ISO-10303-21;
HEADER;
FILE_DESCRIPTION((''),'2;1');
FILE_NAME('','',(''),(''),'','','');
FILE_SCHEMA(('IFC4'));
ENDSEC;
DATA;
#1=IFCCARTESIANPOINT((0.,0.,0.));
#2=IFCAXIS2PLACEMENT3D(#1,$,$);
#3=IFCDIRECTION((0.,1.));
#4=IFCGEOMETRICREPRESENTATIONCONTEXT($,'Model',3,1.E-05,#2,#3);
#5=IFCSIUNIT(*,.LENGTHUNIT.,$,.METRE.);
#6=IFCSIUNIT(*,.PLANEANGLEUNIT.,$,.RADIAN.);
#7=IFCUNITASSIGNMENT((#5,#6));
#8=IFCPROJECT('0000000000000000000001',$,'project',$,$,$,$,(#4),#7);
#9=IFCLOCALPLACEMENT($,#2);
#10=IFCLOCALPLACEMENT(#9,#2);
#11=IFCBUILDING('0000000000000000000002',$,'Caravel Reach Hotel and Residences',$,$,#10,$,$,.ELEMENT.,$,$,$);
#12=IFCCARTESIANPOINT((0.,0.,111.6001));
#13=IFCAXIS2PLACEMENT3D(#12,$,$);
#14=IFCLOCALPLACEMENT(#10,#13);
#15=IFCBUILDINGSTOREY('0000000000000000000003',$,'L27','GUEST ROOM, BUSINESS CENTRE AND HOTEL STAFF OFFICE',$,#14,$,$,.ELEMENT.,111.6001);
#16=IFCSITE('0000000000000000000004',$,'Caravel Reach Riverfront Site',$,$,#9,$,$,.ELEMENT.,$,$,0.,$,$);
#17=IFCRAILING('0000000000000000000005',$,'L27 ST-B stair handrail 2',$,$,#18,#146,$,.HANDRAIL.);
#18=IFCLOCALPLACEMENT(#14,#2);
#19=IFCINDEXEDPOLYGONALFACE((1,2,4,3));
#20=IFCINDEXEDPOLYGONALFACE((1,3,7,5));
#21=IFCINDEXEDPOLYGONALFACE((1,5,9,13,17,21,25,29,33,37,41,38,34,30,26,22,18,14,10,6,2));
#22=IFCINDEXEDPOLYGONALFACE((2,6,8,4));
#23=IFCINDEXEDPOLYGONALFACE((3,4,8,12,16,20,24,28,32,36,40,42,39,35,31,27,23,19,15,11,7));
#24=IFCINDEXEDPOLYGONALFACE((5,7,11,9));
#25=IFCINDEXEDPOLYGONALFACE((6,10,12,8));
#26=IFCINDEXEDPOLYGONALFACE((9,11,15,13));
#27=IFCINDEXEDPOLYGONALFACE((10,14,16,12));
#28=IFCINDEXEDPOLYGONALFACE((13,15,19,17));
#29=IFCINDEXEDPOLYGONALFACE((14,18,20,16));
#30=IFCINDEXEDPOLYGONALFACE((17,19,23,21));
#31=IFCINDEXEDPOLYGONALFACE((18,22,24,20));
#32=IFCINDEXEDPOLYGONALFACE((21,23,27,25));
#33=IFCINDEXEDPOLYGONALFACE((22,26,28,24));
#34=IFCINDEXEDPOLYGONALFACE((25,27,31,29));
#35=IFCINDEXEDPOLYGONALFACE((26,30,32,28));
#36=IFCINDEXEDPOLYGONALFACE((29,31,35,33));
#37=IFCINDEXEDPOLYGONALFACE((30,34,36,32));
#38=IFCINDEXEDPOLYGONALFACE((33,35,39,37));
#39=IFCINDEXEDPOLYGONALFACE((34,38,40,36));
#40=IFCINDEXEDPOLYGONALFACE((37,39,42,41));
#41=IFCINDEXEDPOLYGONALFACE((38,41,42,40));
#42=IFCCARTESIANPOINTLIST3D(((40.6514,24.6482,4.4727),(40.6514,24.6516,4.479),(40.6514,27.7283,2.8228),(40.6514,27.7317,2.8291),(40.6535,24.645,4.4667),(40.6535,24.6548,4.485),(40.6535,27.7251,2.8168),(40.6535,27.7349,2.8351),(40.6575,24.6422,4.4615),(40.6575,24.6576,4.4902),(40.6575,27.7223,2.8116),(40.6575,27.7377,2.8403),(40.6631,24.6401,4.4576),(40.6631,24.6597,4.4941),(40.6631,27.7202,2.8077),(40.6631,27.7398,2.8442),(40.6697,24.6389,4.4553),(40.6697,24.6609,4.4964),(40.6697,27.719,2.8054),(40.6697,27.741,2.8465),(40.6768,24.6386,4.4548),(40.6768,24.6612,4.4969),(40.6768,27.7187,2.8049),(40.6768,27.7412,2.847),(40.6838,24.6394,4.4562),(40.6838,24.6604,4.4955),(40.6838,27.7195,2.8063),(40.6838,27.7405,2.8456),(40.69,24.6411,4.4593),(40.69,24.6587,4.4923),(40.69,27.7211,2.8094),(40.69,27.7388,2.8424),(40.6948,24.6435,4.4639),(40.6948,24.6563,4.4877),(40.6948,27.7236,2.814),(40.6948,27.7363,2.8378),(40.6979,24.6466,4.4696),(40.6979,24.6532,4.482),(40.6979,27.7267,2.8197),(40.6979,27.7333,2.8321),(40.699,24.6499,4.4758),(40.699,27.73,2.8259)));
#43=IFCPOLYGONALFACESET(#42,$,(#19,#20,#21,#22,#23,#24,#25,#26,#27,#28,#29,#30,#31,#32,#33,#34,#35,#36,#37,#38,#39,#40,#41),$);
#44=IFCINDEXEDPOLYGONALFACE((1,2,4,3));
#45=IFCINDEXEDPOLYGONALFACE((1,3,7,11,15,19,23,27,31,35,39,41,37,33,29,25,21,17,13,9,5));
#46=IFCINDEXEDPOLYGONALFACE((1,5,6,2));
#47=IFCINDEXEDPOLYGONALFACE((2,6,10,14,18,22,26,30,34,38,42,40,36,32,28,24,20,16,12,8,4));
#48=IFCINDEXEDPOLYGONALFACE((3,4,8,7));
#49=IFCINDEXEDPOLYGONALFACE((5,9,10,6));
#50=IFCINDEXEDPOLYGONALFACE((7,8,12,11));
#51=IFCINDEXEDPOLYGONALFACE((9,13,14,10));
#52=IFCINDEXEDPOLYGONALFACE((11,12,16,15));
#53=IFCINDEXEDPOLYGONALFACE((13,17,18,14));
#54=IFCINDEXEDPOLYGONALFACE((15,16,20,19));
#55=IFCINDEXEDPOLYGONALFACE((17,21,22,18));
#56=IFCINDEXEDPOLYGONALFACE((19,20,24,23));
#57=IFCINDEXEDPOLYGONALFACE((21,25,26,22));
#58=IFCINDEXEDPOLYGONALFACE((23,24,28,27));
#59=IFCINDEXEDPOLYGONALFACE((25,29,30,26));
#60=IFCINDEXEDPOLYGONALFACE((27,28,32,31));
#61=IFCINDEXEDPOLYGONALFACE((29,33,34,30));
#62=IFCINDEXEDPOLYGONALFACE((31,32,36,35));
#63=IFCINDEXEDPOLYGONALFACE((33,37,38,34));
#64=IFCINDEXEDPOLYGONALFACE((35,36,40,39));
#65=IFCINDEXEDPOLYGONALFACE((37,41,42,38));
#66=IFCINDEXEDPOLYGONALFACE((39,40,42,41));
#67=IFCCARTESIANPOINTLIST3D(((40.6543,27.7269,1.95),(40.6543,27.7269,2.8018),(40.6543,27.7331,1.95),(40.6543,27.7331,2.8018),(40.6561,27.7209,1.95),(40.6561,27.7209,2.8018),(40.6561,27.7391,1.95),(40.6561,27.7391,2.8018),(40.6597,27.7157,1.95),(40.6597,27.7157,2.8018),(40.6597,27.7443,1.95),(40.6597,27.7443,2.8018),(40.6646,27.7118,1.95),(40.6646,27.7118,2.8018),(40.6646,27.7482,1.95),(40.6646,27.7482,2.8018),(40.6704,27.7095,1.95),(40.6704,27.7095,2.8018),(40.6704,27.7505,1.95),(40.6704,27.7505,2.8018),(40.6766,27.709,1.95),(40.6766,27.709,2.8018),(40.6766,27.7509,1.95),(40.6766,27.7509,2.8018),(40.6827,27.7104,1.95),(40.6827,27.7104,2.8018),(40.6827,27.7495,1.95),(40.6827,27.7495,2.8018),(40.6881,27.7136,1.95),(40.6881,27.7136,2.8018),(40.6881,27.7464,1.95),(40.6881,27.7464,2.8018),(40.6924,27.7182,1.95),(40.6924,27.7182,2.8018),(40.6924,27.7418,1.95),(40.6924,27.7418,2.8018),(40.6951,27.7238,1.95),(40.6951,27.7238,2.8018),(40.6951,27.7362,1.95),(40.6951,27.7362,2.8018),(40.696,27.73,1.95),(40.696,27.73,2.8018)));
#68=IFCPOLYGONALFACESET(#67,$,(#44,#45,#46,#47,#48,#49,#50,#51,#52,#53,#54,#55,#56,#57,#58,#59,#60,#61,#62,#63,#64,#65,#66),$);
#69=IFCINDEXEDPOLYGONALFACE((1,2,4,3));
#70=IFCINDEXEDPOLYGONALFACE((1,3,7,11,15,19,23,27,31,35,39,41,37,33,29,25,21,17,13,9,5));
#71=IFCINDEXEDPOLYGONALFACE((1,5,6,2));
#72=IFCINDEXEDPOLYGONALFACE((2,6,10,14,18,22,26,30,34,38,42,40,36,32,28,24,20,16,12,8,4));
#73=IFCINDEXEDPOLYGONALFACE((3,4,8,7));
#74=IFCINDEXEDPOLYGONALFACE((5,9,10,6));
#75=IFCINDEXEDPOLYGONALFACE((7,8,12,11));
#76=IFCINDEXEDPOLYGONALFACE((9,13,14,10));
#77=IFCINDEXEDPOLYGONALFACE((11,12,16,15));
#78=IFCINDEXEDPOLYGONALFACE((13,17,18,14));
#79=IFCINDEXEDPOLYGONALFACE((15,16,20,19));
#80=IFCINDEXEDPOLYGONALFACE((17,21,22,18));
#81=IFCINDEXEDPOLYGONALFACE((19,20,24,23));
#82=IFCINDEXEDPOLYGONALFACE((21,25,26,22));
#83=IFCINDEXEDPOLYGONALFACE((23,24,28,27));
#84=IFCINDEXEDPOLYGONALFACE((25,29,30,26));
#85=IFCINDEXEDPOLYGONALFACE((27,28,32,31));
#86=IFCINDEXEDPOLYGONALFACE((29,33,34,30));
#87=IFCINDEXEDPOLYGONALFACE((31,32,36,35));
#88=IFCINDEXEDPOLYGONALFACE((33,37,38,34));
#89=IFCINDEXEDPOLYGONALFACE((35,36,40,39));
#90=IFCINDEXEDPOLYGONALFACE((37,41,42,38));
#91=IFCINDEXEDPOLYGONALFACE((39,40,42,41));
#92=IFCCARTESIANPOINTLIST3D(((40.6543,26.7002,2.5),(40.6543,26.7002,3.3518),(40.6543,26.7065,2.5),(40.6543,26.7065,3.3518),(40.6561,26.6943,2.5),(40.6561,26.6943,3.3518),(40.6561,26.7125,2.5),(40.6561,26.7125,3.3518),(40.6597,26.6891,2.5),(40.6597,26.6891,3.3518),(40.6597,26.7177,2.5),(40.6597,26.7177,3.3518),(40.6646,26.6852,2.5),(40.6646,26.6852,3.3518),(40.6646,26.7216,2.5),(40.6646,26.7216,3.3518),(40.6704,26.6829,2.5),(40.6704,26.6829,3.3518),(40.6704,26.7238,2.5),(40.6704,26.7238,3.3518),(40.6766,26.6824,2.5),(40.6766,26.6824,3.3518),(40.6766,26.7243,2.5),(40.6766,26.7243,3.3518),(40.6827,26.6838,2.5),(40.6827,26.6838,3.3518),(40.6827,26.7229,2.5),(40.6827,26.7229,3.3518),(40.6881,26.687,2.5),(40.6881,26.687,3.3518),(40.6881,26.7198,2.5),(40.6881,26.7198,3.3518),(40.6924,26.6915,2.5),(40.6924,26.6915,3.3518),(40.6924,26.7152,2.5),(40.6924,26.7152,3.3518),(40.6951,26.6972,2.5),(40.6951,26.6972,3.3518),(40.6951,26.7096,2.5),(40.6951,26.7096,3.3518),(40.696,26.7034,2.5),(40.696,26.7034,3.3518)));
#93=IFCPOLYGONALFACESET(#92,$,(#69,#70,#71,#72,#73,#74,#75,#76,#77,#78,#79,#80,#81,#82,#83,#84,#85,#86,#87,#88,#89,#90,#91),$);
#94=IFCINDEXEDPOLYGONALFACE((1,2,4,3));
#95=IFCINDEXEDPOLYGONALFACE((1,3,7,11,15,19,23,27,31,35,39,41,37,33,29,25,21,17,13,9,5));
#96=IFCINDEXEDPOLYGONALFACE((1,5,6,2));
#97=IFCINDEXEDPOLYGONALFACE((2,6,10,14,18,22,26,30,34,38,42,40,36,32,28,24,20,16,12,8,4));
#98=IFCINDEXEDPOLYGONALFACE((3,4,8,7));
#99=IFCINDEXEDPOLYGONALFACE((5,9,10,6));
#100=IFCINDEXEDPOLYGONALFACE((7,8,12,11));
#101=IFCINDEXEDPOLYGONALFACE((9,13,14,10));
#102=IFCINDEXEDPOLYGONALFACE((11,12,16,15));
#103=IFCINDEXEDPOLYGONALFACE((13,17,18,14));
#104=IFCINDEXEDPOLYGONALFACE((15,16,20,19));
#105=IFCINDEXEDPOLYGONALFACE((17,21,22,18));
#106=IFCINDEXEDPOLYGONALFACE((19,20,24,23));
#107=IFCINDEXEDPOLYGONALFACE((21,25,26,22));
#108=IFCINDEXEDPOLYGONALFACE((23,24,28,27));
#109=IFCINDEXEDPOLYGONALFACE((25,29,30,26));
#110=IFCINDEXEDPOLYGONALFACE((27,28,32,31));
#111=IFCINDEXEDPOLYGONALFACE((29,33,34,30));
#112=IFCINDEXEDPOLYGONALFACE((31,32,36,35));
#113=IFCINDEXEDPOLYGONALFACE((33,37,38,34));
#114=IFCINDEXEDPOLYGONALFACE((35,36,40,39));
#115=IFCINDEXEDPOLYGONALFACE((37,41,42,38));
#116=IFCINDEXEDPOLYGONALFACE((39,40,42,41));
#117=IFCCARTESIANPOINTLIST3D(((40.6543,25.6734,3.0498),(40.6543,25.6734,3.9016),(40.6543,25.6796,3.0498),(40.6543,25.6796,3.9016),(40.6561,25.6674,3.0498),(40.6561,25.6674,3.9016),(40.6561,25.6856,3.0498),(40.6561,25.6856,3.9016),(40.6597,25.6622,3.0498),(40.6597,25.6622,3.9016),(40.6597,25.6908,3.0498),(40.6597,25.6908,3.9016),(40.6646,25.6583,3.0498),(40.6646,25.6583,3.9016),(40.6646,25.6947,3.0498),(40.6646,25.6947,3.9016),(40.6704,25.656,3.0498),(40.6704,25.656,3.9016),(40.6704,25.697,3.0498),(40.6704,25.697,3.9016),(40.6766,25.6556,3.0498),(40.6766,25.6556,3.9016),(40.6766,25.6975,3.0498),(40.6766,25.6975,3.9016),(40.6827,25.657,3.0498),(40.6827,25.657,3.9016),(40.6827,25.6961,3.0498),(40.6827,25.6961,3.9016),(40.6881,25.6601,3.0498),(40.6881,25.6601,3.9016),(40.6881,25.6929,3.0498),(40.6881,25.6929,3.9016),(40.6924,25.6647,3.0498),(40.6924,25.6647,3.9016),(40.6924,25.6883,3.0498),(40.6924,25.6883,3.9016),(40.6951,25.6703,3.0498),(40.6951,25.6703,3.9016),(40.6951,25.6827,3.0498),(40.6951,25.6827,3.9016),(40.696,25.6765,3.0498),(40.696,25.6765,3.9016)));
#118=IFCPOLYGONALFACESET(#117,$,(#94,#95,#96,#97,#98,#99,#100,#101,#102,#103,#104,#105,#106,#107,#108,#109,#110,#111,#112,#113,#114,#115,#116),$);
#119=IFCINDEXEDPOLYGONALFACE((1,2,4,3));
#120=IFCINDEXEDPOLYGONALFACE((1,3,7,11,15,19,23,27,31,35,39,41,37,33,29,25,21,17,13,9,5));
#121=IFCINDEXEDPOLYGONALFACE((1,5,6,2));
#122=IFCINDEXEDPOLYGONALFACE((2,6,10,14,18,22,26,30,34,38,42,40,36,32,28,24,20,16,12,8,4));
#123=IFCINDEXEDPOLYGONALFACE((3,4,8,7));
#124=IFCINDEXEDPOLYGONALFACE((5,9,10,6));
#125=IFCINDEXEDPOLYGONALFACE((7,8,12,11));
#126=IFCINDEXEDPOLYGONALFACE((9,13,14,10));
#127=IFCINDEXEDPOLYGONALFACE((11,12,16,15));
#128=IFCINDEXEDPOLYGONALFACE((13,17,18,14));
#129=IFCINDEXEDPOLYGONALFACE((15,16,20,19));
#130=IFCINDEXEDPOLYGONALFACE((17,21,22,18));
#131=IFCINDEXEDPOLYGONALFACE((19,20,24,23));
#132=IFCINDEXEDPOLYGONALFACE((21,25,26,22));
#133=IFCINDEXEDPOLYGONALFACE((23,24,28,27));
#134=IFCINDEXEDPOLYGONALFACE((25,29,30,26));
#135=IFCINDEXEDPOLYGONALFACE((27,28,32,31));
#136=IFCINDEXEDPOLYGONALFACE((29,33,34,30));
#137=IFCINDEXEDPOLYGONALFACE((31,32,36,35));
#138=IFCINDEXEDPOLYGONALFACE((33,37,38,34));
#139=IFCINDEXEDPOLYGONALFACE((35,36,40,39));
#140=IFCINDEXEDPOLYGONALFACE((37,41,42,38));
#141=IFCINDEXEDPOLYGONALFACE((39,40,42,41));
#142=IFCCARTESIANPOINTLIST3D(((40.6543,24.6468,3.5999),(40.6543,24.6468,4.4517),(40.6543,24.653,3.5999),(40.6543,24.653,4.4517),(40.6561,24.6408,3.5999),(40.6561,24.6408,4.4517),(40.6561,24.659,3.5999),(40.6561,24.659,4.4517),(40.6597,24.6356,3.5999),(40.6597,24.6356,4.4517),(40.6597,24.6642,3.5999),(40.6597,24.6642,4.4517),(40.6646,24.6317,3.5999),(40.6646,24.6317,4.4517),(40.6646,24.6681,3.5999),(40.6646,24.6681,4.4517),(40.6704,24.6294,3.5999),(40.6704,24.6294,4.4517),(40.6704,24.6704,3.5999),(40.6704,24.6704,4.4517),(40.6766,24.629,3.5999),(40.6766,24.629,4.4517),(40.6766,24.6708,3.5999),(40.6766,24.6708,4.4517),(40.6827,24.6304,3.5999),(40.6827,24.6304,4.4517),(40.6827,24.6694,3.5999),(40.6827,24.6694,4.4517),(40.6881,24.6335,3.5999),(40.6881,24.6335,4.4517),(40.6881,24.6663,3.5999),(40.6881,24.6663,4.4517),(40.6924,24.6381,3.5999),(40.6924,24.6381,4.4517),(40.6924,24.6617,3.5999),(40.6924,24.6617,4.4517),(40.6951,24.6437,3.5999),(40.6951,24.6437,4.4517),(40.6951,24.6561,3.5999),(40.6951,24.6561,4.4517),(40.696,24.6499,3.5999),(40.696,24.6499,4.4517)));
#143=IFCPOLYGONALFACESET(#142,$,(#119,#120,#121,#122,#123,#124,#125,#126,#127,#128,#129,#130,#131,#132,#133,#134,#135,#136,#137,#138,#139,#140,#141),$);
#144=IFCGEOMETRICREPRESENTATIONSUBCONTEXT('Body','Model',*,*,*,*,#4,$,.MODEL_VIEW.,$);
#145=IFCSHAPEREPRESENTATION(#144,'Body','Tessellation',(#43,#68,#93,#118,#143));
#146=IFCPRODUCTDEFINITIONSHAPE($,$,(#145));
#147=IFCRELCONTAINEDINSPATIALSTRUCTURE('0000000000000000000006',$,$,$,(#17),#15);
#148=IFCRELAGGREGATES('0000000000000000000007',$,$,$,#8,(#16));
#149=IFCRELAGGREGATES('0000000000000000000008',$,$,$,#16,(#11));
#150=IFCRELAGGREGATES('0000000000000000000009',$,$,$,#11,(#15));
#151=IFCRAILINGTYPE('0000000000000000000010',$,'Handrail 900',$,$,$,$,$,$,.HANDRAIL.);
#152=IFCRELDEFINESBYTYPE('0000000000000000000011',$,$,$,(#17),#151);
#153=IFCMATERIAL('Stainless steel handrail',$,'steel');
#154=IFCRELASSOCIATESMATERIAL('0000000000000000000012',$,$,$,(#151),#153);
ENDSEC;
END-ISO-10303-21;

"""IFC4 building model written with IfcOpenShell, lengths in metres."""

from ifc_helpers import new_model, si_unit, direction, frame, origin, origin_2d, place, context, subcontext, project, spatial, circle, extrude, material, type_object, element, save


model = new_model("IFC4")

# Units and contexts
model_context = context("Model", 3, precision=1e-05, world=origin(), true_north=direction((0.0, 1.0)))
body_context = subcontext(model_context, "Body", "Model", "MODEL_VIEW")
ifc_project = project(units=[si_unit("LENGTHUNIT", "METRE"), si_unit("PLANEANGLEUNIT", "RADIAN")], contexts=[model_context])

# Site, building, storey
site_placement = place(None, origin())
site = spatial("IfcSite", under=ifc_project, at=site_placement, Name="Caravel Reach Riverfront Site", CompositionType="ELEMENT", RefElevation=0.0)
building_placement = place(site_placement, origin())
building = spatial("IfcBuilding", under=site, at=building_placement, Name="Caravel Reach Hotel and Residences", CompositionType="ELEMENT")
storey_placement = place(building_placement, frame((0.0, 0.0, 111.6001)))
storey = spatial("IfcBuildingStorey", under=building, at=storey_placement, Name="L27", Description="GUEST ROOM, BUSINESS CENTRE AND HOTEL STAFF OFFICE", CompositionType="ELEMENT", Elevation=111.6001)

# Railing
ifc_material_1 = material(Name="Stainless steel handrail", Category="steel")
railing_type_1 = type_object("IfcRailingType", Name="Handrail 900", PredefinedType="HANDRAIL", material=ifc_material_1)
railing_1_placement = place(storey_placement, frame((40.675, 27.73, 1.95)))
element("IfcRailing", 1, at=railing_1_placement, inside=storey, type_object=railing_type_1, Name="L27 ST-B stair handrail 2", PredefinedType="HANDRAIL", context=body_context, shape_type="SweptSolid", body=[
    extrude(circle(Radius=0.0239, at=origin_2d()), frame((0.0, 0.0, 0.876), z_axis=(0.0, -0.881497, 0.47219), x_axis=(1.0, 0.0, 0.0)), (0.0, 0.0, 1.0), 3.4941),
    extrude(circle(Radius=0.021, at=origin_2d()), origin(), (0.0, 0.0, 1.0), 0.8518),
    extrude(circle(Radius=0.021, at=origin_2d()), frame((0.0, -1.0266, 0.55)), (0.0, 0.0, 1.0), 0.8518),
    extrude(circle(Radius=0.021, at=origin_2d()), frame((0.0, -2.0535, 1.0999)), (0.0, 0.0, 1.0), 0.8518),
    extrude(circle(Radius=0.021, at=origin_2d()), frame((0.0, -3.0801, 1.6499)), (0.0, 0.0, 1.0), 0.8518),
])

save(model, "model.ifc")
